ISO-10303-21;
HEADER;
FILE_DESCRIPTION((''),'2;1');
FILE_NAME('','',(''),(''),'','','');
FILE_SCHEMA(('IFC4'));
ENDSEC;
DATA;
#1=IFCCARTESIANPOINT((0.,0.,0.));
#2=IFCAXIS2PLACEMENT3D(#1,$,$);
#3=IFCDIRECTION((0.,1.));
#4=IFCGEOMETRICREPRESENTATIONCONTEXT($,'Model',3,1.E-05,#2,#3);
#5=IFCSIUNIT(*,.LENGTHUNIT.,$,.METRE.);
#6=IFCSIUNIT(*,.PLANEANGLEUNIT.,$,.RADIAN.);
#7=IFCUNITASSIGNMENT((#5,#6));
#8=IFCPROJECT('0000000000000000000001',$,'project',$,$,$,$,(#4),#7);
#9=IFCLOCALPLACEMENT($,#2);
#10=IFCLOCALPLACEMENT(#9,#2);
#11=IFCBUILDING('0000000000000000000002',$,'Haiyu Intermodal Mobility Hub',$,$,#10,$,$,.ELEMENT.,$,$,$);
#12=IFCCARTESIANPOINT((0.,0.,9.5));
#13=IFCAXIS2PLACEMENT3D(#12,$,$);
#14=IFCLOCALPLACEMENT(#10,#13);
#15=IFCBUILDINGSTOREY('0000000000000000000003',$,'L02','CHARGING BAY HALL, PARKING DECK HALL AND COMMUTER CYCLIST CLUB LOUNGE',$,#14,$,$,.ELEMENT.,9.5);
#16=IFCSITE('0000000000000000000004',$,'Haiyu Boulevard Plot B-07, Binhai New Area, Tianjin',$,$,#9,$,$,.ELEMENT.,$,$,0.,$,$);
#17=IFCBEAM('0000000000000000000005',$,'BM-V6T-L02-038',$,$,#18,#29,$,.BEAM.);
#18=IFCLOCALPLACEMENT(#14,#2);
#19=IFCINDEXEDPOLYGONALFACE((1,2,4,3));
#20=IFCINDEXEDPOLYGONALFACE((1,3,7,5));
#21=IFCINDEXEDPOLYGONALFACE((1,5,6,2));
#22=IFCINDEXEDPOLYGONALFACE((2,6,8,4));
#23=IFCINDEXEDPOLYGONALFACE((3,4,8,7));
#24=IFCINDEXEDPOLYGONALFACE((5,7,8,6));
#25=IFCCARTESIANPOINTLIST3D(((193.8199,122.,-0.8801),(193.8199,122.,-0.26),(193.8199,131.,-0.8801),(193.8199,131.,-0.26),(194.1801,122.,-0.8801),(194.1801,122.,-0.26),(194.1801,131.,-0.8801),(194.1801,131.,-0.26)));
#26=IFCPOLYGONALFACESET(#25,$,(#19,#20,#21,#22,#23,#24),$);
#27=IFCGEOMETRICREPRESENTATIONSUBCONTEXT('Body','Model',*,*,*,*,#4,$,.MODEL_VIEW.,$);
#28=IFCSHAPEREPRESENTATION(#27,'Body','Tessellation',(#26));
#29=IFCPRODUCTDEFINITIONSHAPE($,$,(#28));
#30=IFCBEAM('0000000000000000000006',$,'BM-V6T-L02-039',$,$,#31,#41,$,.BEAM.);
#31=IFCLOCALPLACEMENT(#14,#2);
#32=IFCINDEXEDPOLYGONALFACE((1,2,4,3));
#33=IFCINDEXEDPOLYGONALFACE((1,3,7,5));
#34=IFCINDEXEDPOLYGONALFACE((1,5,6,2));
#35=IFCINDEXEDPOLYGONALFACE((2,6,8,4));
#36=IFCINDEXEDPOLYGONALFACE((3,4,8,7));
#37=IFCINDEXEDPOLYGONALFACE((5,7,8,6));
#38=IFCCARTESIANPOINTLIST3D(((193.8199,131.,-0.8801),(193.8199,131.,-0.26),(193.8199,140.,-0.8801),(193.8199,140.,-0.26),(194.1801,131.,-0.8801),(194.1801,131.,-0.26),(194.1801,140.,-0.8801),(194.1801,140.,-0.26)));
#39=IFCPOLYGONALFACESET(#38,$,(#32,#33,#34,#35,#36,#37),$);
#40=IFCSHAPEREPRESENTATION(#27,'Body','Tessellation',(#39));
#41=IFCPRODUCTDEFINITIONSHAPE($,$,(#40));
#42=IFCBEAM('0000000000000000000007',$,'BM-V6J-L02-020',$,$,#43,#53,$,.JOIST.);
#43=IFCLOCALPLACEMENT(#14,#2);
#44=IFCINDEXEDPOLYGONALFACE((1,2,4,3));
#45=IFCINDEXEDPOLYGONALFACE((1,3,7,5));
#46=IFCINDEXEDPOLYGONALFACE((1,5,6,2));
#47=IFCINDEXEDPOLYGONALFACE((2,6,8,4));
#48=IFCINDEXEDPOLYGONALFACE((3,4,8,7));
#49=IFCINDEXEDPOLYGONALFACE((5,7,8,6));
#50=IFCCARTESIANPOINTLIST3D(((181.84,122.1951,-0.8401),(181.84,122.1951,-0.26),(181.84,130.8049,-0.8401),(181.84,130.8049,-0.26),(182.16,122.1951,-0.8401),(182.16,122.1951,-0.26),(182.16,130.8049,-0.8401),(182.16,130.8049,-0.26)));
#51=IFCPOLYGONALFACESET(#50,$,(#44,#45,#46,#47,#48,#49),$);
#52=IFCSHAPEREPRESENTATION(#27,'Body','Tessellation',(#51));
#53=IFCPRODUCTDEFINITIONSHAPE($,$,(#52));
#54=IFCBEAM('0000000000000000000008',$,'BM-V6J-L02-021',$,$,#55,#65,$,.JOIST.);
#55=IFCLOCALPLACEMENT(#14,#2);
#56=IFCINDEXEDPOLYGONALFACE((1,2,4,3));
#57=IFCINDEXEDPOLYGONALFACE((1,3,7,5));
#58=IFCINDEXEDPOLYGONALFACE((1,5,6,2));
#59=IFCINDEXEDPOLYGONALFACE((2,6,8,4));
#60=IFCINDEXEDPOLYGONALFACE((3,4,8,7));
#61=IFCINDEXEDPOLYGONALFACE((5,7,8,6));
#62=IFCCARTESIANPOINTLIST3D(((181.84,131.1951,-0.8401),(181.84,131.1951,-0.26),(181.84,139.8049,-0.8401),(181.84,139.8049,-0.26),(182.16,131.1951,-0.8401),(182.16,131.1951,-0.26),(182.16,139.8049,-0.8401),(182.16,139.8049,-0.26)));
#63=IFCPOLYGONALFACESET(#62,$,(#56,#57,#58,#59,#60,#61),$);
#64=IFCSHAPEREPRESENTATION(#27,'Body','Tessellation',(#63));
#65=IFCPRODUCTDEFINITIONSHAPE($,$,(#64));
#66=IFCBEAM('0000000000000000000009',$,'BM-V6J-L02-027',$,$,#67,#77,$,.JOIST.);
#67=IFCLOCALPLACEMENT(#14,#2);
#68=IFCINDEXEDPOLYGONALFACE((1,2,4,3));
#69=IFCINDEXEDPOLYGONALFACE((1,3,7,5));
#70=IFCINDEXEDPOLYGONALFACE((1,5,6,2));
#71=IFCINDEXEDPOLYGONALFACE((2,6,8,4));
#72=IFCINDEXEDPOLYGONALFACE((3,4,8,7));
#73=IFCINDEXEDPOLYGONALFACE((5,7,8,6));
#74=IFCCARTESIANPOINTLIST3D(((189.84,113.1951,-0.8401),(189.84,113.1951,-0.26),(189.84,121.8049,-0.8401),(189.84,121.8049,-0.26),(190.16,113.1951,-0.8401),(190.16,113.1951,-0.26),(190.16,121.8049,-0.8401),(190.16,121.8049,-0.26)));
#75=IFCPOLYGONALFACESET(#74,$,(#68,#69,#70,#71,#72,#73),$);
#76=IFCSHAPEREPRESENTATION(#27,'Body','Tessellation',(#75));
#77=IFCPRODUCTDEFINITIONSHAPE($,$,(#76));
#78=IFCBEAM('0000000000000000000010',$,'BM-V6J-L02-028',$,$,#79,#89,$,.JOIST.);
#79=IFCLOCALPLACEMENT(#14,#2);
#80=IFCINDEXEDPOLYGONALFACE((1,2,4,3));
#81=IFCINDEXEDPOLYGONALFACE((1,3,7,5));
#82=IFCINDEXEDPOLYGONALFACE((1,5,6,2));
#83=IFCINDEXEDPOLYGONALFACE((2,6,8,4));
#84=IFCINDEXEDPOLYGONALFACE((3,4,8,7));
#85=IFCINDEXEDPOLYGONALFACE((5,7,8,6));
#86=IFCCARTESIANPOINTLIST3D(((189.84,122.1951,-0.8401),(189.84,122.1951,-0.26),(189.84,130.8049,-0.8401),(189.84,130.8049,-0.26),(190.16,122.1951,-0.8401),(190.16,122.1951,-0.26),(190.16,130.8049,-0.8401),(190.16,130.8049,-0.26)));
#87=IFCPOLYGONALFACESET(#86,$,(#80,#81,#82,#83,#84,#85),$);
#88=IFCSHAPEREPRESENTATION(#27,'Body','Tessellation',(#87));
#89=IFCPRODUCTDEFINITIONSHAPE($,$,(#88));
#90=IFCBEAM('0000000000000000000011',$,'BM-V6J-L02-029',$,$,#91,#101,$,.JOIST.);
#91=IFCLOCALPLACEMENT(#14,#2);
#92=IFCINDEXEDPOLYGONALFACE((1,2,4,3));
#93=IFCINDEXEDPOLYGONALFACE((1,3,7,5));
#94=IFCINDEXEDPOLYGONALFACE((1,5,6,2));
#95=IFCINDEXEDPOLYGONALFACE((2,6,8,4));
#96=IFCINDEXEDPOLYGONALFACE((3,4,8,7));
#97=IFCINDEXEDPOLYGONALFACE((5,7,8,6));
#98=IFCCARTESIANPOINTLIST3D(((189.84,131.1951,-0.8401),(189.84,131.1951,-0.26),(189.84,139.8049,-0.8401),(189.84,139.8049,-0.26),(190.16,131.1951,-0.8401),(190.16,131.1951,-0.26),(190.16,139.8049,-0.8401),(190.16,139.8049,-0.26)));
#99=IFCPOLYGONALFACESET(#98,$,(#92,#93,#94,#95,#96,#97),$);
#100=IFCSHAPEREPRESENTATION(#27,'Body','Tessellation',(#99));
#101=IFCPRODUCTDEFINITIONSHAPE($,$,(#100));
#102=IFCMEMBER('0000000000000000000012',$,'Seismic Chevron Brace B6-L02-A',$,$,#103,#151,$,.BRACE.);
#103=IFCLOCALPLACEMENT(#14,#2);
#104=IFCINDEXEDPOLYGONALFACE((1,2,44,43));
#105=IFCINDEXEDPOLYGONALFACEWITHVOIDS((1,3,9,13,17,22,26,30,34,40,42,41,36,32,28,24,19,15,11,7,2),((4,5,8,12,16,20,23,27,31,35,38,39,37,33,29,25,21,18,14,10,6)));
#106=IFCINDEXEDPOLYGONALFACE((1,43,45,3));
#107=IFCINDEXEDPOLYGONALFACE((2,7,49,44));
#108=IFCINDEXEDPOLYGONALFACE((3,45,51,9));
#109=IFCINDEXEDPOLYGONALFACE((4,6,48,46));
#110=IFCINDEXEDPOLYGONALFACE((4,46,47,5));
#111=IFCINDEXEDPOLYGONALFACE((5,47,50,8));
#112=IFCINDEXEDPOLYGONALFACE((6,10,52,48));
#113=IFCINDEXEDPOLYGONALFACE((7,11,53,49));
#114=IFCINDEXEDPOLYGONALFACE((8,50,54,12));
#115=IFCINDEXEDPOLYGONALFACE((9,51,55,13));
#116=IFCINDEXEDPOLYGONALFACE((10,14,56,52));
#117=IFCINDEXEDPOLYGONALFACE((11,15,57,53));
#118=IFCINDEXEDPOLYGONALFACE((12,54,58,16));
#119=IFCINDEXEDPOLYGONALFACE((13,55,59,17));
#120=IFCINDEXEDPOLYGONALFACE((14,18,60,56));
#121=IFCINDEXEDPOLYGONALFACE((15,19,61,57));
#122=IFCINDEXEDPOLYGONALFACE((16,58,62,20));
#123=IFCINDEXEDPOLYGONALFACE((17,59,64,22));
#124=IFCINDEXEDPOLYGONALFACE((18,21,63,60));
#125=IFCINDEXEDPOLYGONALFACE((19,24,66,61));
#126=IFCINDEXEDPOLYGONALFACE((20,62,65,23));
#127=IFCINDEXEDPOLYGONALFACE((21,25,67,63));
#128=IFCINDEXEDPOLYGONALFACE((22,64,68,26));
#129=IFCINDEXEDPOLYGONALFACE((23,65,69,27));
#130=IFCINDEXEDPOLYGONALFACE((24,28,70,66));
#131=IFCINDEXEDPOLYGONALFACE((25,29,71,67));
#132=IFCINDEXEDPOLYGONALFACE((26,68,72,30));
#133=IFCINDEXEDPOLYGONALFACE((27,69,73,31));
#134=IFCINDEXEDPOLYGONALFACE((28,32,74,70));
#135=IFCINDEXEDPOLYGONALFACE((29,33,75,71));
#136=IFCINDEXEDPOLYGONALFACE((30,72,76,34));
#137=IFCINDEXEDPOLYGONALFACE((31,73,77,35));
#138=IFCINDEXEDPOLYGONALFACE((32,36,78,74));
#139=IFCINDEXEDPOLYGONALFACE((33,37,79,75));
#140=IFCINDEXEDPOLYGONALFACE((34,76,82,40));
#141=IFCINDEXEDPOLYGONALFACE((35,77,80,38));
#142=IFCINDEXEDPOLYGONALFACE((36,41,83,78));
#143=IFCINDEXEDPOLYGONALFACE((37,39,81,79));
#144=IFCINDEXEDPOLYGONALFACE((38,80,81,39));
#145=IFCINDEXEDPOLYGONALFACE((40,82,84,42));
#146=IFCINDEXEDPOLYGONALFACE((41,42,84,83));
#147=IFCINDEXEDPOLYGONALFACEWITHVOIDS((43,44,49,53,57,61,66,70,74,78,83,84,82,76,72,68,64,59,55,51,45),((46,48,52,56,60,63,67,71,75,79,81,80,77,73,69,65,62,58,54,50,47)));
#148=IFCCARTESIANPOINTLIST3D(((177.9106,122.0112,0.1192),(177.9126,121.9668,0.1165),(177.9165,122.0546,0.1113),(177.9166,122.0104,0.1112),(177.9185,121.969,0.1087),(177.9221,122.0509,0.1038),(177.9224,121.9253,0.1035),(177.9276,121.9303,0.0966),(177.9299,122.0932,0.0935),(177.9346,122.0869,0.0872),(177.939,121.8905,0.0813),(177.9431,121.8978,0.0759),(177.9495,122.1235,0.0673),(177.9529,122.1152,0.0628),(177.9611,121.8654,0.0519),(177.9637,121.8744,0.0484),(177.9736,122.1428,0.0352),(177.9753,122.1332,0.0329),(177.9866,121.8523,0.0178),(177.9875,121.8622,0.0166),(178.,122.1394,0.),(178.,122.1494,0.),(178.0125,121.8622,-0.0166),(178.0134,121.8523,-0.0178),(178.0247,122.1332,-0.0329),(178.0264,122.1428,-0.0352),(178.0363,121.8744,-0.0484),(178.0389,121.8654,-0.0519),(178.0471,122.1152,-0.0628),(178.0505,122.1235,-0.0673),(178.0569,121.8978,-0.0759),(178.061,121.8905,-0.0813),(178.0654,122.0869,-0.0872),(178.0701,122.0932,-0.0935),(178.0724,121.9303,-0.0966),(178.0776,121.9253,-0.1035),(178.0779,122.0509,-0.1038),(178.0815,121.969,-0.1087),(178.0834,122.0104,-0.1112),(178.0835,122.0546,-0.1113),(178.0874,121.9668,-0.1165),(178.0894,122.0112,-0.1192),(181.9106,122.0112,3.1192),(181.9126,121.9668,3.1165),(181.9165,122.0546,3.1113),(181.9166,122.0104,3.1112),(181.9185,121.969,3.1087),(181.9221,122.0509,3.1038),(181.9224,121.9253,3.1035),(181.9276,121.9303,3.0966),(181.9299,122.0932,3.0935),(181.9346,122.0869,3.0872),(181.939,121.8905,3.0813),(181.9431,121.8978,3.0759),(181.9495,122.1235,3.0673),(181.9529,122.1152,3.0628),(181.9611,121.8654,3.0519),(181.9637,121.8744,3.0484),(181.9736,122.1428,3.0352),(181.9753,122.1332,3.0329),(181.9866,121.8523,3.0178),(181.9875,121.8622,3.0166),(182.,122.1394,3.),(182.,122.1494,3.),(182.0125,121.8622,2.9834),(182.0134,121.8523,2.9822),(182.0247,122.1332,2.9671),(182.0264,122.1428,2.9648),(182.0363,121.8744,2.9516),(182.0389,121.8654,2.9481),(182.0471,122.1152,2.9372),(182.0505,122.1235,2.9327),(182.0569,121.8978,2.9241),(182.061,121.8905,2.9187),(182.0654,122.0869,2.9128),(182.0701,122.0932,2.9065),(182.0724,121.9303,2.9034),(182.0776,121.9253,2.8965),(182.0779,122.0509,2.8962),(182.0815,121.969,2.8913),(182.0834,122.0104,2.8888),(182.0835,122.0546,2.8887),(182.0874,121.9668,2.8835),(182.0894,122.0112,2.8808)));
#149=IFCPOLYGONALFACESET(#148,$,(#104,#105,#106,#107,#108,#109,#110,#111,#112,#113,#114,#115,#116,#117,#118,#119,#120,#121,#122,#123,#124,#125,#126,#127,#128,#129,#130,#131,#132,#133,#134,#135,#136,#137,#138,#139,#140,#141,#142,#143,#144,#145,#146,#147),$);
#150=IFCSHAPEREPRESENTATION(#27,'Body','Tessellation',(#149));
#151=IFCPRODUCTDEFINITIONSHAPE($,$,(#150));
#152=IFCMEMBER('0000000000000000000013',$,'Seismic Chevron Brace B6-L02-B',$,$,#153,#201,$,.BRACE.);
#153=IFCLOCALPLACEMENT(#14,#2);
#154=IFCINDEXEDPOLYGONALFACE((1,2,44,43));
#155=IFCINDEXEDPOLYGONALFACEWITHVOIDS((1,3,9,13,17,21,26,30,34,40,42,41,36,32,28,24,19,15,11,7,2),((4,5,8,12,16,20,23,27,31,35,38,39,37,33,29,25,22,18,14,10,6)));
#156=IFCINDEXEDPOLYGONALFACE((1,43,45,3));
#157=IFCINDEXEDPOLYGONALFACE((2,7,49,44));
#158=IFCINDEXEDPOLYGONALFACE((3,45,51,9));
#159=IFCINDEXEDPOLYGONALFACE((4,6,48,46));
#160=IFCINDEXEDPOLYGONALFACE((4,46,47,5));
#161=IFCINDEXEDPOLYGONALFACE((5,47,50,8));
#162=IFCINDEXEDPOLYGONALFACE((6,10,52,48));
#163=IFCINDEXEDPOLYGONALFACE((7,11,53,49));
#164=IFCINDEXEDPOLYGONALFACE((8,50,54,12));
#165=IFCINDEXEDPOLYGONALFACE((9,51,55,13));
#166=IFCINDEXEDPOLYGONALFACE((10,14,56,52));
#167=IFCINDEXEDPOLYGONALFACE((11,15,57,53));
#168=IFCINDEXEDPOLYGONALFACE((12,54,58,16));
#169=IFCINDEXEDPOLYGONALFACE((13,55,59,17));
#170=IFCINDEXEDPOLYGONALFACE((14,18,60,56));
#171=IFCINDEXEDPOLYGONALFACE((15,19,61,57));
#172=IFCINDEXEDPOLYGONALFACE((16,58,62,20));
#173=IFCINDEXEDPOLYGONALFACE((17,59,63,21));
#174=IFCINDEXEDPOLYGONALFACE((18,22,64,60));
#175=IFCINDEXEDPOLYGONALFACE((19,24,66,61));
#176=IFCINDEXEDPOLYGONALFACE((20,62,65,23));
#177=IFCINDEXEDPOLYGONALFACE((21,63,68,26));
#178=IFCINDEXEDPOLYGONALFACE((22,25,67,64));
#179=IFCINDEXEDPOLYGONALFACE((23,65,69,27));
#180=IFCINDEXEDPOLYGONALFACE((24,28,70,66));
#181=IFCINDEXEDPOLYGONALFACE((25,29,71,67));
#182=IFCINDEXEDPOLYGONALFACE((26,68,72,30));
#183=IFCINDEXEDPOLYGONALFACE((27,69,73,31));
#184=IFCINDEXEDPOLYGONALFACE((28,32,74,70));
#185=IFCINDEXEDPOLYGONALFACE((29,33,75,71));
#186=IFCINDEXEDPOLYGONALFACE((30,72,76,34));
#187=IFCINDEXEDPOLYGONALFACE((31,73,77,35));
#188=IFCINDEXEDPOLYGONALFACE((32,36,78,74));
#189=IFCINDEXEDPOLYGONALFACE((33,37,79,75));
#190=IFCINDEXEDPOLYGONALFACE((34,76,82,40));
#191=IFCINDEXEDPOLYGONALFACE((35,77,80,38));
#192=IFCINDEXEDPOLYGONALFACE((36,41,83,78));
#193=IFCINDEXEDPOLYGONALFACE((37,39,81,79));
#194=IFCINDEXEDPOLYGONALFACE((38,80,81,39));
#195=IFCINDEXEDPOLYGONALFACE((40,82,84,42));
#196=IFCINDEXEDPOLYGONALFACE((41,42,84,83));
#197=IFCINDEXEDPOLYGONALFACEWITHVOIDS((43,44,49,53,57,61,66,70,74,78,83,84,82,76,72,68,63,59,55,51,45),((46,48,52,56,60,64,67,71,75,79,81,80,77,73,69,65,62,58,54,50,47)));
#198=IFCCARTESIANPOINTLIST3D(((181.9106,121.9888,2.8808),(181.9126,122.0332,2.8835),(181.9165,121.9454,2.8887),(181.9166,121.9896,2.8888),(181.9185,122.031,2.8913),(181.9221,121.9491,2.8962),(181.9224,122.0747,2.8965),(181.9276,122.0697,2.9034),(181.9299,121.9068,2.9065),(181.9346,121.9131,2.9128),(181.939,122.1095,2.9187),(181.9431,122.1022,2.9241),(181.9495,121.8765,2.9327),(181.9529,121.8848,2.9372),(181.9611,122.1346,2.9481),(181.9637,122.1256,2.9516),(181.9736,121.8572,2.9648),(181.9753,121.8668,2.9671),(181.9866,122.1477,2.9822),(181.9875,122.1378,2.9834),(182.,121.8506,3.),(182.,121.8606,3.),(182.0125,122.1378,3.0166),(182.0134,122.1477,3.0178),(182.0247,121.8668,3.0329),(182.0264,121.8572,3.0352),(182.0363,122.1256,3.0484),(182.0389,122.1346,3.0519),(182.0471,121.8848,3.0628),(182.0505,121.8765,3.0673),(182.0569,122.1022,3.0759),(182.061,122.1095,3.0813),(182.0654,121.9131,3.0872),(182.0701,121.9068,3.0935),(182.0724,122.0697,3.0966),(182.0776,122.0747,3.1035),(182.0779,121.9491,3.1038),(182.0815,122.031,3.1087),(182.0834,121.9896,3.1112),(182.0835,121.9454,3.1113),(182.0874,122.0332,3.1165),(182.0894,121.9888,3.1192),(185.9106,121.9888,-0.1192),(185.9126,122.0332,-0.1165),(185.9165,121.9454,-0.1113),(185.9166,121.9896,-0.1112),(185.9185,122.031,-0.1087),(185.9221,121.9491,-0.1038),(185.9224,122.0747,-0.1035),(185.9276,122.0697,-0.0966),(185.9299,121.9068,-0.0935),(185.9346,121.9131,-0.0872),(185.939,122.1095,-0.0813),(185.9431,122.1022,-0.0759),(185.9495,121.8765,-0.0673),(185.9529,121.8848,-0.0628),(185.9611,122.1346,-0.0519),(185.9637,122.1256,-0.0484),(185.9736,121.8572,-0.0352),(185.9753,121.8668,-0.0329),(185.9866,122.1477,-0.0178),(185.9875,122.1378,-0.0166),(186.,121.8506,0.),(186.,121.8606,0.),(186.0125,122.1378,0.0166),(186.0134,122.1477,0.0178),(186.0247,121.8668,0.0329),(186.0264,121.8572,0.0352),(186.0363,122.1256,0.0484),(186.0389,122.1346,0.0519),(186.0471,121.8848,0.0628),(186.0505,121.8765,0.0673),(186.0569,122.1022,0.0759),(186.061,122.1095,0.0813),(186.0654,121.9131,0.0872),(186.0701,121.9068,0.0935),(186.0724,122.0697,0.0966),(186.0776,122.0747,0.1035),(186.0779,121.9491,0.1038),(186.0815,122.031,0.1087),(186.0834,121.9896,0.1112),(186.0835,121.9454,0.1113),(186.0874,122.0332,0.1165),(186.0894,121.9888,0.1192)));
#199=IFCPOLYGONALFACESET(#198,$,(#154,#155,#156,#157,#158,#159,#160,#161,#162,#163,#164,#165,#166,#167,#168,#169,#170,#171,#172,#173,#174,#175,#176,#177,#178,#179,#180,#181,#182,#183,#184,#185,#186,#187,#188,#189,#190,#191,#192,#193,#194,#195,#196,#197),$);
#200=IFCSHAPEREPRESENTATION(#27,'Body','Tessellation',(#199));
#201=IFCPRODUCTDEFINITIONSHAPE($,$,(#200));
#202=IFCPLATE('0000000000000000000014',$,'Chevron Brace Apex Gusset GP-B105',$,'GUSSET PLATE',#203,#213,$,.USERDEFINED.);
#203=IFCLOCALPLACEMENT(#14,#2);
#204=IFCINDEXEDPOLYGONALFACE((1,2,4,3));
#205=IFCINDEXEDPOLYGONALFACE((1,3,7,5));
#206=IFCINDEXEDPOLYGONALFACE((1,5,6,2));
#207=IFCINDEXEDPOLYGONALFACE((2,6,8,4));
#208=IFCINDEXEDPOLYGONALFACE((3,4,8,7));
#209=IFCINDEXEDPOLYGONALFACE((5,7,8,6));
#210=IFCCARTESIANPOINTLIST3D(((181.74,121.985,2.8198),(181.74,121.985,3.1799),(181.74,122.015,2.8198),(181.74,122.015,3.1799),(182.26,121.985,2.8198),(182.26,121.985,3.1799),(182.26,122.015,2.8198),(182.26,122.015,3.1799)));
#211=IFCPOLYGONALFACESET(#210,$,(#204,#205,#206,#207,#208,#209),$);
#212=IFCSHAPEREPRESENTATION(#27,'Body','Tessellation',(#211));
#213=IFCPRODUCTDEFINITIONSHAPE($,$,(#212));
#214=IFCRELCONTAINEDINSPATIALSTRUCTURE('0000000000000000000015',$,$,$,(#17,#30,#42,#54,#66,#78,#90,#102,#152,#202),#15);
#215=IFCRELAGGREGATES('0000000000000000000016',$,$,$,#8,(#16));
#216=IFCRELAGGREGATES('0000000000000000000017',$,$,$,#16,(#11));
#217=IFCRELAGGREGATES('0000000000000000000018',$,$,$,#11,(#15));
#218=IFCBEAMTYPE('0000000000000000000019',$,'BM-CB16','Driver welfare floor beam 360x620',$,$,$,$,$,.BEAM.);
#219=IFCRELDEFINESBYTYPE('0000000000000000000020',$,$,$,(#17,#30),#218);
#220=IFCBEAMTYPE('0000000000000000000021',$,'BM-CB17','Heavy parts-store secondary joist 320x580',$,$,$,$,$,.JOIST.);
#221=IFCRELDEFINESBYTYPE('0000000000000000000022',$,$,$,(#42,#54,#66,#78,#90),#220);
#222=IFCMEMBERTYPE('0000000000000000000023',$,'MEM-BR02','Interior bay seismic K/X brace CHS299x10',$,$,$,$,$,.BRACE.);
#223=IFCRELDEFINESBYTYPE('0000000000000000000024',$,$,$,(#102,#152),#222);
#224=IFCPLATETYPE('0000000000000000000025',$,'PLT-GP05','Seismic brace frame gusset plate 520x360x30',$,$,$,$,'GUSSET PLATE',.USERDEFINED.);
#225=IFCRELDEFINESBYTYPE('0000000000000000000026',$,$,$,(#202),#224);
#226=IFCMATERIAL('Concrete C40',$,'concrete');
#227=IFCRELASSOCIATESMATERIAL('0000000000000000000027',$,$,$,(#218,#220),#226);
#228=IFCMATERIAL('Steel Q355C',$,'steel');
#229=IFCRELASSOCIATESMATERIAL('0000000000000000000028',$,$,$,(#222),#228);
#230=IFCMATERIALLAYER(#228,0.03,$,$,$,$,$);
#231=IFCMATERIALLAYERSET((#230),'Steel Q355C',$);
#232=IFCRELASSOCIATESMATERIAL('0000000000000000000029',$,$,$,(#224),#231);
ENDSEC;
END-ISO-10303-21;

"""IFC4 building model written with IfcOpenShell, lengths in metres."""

from ifc_helpers import new_model, si_unit, direction, frame, origin, origin_2d, place, context, subcontext, project, spatial, rectangle, hollow_circle, extrude, material, layer, layer_set, material_profile, profile_set, type_object, element, save


model = new_model("IFC4")

# Units and contexts
model_context = context("Model", 3, precision=1e-05, world=origin(), true_north=direction((0.0, 1.0)))
body_context = subcontext(model_context, "Body", "Model", "MODEL_VIEW")
ifc_project = project(units=[si_unit("LENGTHUNIT", "METRE"), si_unit("PLANEANGLEUNIT", "RADIAN")], contexts=[model_context])

# Site, building, storey
site_placement = place(None, origin())
site = spatial("IfcSite", under=ifc_project, at=site_placement, Name="Haiyu Boulevard Plot B-07, Binhai New Area, Tianjin", CompositionType="ELEMENT", RefElevation=0.0)
building_placement = place(site_placement, origin())
building = spatial("IfcBuilding", under=site, at=building_placement, Name="Haiyu Intermodal Mobility Hub", CompositionType="ELEMENT")
storey_placement = place(building_placement, frame((0.0, 0.0, 9.5)))
storey = spatial("IfcBuildingStorey", under=building, at=storey_placement, Name="L02", Description="CHARGING BAY HALL, PARKING DECK HALL AND COMMUTER CYCLIST CLUB LOUNGE", CompositionType="ELEMENT", Elevation=9.5)

# Shared definitions
ifc_material_1 = material(Name="Concrete C40", Category="concrete")

# Beams
ifc_material_profile_1 = material_profile(ifc_material_1, rectangle(XDim=0.3601, YDim=0.6201, at=origin_2d()), Name="B360x620")
ifc_profile_set_1 = profile_set([ifc_material_profile_1], Name="Concrete C40")
beam_type_1 = type_object("IfcBeamType", Name="BM-CB16", Description="Driver welfare floor beam 360x620", PredefinedType="BEAM", material=ifc_profile_set_1)
for number, where, z_axis, x_axis, name in (
    (1, (194.0, 122.0, -0.5701), (0.0, 1.0, 0.0), (-1.0, 0.0, 0.0), "BM-V6T-L02-038"),
    (2, (194.0, 131.0, -0.5701), (0.0, 1.0, 0.0), (-1.0, 0.0, 0.0), "BM-V6T-L02-039"),
):
    element("IfcBeam", number, at=place(storey_placement, frame(where, z_axis=z_axis, x_axis=x_axis)), inside=storey, type_object=beam_type_1, Name=name, PredefinedType="BEAM", context=body_context, shape_type="SweptSolid", body=[
        extrude(rectangle(XDim=0.3601, YDim=0.6201, at=origin_2d()), origin(), (0.0, 0.0, 1.0), 9.0),
    ])
ifc_material_profile_2 = material_profile(ifc_material_1, rectangle(XDim=0.3201, YDim=0.5801, at=origin_2d()), Name="B320x580")
ifc_profile_set_2 = profile_set([ifc_material_profile_2], Name="Concrete C40")
beam_type_2 = type_object("IfcBeamType", Name="BM-CB17", Description="Heavy parts-store secondary joist 320x580", PredefinedType="JOIST", material=ifc_profile_set_2)
for number, where, z_axis, x_axis, name in (
    (3, (182.0, 122.1951, -0.55), (0.0, 1.0, 0.0), (-1.0, 0.0, 0.0), "BM-V6J-L02-020"),
    (4, (182.0, 131.1951, -0.55), (0.0, 1.0, 0.0), (-1.0, 0.0, 0.0), "BM-V6J-L02-021"),
    (5, (190.0, 113.1951, -0.55), (0.0, 1.0, 0.0), (-1.0, 0.0, 0.0), "BM-V6J-L02-027"),
    (6, (190.0, 122.1951, -0.55), (0.0, 1.0, 0.0), (-1.0, 0.0, 0.0), "BM-V6J-L02-028"),
    (7, (190.0, 131.1951, -0.55), (0.0, 1.0, 0.0), (-1.0, 0.0, 0.0), "BM-V6J-L02-029"),
):
    element("IfcBeam", number, at=place(storey_placement, frame(where, z_axis=z_axis, x_axis=x_axis)), inside=storey, type_object=beam_type_2, Name=name, PredefinedType="JOIST", context=body_context, shape_type="SweptSolid", body=[
        extrude(rectangle(XDim=0.3201, YDim=0.5801, at=origin_2d()), origin(), (0.0, 0.0, 1.0), 8.6099),
    ])

# Members
ifc_material_2 = material(Name="Steel Q355C", Category="steel")
ifc_material_profile_3 = material_profile(ifc_material_2, hollow_circle(Radius=0.1494, WallThickness=0.01, at=origin_2d()), Name="CHS299x10")
ifc_profile_set_3 = profile_set([ifc_material_profile_3], Name="Steel Q355C")
member_type = type_object("IfcMemberType", Name="MEM-BR02", Description="Interior bay seismic K/X brace CHS299x10", PredefinedType="BRACE", material=ifc_profile_set_3)
for number, where, z_axis, x_axis, name in (
    (8, (178.0, 122.0, 0.0), (0.8, 0.0, 0.6), (0.0, 1.0, 0.0), "Seismic Chevron Brace B6-L02-A"),
    (9, (186.0, 122.0, 0.0), (-0.8, 0.0, 0.6), (0.0, -1.0, 0.0), "Seismic Chevron Brace B6-L02-B"),
):
    element("IfcMember", number, at=place(storey_placement, frame(where, z_axis=z_axis, x_axis=x_axis)), inside=storey, type_object=member_type, Name=name, PredefinedType="BRACE", context=body_context, shape_type="SweptSolid", body=[
        extrude(hollow_circle(Radius=0.1494, WallThickness=0.01, at=origin_2d()), origin(), (0.0, 0.0, 1.0), 5.0),
    ])

# Plate
ifc_layer = layer(ifc_material_2, 0.03)
ifc_layer_set = layer_set([ifc_layer], Name="Steel Q355C")
plate_type = type_object("IfcPlateType", Name="PLT-GP05", Description="Seismic brace frame gusset plate 520x360x30", ElementType="GUSSET PLATE", PredefinedType="USERDEFINED", material=ifc_layer_set)
plate_placement = place(storey_placement, frame((182.0, 122.0, 2.8198), z_axis=(0.0, 0.0, 1.0), x_axis=(1.0, 0.0, 0.0)))
element("IfcPlate", 10, at=plate_placement, inside=storey, type_object=plate_type, Name="Chevron Brace Apex Gusset GP-B105", ObjectType="GUSSET PLATE", PredefinedType="USERDEFINED", context=body_context, shape_type="SweptSolid", body=[
    extrude(rectangle(XDim=0.52, YDim=0.03, at=origin_2d()), origin(), (0.0, 0.0, 1.0), 0.3601),
])

save(model, "model.ifc")
